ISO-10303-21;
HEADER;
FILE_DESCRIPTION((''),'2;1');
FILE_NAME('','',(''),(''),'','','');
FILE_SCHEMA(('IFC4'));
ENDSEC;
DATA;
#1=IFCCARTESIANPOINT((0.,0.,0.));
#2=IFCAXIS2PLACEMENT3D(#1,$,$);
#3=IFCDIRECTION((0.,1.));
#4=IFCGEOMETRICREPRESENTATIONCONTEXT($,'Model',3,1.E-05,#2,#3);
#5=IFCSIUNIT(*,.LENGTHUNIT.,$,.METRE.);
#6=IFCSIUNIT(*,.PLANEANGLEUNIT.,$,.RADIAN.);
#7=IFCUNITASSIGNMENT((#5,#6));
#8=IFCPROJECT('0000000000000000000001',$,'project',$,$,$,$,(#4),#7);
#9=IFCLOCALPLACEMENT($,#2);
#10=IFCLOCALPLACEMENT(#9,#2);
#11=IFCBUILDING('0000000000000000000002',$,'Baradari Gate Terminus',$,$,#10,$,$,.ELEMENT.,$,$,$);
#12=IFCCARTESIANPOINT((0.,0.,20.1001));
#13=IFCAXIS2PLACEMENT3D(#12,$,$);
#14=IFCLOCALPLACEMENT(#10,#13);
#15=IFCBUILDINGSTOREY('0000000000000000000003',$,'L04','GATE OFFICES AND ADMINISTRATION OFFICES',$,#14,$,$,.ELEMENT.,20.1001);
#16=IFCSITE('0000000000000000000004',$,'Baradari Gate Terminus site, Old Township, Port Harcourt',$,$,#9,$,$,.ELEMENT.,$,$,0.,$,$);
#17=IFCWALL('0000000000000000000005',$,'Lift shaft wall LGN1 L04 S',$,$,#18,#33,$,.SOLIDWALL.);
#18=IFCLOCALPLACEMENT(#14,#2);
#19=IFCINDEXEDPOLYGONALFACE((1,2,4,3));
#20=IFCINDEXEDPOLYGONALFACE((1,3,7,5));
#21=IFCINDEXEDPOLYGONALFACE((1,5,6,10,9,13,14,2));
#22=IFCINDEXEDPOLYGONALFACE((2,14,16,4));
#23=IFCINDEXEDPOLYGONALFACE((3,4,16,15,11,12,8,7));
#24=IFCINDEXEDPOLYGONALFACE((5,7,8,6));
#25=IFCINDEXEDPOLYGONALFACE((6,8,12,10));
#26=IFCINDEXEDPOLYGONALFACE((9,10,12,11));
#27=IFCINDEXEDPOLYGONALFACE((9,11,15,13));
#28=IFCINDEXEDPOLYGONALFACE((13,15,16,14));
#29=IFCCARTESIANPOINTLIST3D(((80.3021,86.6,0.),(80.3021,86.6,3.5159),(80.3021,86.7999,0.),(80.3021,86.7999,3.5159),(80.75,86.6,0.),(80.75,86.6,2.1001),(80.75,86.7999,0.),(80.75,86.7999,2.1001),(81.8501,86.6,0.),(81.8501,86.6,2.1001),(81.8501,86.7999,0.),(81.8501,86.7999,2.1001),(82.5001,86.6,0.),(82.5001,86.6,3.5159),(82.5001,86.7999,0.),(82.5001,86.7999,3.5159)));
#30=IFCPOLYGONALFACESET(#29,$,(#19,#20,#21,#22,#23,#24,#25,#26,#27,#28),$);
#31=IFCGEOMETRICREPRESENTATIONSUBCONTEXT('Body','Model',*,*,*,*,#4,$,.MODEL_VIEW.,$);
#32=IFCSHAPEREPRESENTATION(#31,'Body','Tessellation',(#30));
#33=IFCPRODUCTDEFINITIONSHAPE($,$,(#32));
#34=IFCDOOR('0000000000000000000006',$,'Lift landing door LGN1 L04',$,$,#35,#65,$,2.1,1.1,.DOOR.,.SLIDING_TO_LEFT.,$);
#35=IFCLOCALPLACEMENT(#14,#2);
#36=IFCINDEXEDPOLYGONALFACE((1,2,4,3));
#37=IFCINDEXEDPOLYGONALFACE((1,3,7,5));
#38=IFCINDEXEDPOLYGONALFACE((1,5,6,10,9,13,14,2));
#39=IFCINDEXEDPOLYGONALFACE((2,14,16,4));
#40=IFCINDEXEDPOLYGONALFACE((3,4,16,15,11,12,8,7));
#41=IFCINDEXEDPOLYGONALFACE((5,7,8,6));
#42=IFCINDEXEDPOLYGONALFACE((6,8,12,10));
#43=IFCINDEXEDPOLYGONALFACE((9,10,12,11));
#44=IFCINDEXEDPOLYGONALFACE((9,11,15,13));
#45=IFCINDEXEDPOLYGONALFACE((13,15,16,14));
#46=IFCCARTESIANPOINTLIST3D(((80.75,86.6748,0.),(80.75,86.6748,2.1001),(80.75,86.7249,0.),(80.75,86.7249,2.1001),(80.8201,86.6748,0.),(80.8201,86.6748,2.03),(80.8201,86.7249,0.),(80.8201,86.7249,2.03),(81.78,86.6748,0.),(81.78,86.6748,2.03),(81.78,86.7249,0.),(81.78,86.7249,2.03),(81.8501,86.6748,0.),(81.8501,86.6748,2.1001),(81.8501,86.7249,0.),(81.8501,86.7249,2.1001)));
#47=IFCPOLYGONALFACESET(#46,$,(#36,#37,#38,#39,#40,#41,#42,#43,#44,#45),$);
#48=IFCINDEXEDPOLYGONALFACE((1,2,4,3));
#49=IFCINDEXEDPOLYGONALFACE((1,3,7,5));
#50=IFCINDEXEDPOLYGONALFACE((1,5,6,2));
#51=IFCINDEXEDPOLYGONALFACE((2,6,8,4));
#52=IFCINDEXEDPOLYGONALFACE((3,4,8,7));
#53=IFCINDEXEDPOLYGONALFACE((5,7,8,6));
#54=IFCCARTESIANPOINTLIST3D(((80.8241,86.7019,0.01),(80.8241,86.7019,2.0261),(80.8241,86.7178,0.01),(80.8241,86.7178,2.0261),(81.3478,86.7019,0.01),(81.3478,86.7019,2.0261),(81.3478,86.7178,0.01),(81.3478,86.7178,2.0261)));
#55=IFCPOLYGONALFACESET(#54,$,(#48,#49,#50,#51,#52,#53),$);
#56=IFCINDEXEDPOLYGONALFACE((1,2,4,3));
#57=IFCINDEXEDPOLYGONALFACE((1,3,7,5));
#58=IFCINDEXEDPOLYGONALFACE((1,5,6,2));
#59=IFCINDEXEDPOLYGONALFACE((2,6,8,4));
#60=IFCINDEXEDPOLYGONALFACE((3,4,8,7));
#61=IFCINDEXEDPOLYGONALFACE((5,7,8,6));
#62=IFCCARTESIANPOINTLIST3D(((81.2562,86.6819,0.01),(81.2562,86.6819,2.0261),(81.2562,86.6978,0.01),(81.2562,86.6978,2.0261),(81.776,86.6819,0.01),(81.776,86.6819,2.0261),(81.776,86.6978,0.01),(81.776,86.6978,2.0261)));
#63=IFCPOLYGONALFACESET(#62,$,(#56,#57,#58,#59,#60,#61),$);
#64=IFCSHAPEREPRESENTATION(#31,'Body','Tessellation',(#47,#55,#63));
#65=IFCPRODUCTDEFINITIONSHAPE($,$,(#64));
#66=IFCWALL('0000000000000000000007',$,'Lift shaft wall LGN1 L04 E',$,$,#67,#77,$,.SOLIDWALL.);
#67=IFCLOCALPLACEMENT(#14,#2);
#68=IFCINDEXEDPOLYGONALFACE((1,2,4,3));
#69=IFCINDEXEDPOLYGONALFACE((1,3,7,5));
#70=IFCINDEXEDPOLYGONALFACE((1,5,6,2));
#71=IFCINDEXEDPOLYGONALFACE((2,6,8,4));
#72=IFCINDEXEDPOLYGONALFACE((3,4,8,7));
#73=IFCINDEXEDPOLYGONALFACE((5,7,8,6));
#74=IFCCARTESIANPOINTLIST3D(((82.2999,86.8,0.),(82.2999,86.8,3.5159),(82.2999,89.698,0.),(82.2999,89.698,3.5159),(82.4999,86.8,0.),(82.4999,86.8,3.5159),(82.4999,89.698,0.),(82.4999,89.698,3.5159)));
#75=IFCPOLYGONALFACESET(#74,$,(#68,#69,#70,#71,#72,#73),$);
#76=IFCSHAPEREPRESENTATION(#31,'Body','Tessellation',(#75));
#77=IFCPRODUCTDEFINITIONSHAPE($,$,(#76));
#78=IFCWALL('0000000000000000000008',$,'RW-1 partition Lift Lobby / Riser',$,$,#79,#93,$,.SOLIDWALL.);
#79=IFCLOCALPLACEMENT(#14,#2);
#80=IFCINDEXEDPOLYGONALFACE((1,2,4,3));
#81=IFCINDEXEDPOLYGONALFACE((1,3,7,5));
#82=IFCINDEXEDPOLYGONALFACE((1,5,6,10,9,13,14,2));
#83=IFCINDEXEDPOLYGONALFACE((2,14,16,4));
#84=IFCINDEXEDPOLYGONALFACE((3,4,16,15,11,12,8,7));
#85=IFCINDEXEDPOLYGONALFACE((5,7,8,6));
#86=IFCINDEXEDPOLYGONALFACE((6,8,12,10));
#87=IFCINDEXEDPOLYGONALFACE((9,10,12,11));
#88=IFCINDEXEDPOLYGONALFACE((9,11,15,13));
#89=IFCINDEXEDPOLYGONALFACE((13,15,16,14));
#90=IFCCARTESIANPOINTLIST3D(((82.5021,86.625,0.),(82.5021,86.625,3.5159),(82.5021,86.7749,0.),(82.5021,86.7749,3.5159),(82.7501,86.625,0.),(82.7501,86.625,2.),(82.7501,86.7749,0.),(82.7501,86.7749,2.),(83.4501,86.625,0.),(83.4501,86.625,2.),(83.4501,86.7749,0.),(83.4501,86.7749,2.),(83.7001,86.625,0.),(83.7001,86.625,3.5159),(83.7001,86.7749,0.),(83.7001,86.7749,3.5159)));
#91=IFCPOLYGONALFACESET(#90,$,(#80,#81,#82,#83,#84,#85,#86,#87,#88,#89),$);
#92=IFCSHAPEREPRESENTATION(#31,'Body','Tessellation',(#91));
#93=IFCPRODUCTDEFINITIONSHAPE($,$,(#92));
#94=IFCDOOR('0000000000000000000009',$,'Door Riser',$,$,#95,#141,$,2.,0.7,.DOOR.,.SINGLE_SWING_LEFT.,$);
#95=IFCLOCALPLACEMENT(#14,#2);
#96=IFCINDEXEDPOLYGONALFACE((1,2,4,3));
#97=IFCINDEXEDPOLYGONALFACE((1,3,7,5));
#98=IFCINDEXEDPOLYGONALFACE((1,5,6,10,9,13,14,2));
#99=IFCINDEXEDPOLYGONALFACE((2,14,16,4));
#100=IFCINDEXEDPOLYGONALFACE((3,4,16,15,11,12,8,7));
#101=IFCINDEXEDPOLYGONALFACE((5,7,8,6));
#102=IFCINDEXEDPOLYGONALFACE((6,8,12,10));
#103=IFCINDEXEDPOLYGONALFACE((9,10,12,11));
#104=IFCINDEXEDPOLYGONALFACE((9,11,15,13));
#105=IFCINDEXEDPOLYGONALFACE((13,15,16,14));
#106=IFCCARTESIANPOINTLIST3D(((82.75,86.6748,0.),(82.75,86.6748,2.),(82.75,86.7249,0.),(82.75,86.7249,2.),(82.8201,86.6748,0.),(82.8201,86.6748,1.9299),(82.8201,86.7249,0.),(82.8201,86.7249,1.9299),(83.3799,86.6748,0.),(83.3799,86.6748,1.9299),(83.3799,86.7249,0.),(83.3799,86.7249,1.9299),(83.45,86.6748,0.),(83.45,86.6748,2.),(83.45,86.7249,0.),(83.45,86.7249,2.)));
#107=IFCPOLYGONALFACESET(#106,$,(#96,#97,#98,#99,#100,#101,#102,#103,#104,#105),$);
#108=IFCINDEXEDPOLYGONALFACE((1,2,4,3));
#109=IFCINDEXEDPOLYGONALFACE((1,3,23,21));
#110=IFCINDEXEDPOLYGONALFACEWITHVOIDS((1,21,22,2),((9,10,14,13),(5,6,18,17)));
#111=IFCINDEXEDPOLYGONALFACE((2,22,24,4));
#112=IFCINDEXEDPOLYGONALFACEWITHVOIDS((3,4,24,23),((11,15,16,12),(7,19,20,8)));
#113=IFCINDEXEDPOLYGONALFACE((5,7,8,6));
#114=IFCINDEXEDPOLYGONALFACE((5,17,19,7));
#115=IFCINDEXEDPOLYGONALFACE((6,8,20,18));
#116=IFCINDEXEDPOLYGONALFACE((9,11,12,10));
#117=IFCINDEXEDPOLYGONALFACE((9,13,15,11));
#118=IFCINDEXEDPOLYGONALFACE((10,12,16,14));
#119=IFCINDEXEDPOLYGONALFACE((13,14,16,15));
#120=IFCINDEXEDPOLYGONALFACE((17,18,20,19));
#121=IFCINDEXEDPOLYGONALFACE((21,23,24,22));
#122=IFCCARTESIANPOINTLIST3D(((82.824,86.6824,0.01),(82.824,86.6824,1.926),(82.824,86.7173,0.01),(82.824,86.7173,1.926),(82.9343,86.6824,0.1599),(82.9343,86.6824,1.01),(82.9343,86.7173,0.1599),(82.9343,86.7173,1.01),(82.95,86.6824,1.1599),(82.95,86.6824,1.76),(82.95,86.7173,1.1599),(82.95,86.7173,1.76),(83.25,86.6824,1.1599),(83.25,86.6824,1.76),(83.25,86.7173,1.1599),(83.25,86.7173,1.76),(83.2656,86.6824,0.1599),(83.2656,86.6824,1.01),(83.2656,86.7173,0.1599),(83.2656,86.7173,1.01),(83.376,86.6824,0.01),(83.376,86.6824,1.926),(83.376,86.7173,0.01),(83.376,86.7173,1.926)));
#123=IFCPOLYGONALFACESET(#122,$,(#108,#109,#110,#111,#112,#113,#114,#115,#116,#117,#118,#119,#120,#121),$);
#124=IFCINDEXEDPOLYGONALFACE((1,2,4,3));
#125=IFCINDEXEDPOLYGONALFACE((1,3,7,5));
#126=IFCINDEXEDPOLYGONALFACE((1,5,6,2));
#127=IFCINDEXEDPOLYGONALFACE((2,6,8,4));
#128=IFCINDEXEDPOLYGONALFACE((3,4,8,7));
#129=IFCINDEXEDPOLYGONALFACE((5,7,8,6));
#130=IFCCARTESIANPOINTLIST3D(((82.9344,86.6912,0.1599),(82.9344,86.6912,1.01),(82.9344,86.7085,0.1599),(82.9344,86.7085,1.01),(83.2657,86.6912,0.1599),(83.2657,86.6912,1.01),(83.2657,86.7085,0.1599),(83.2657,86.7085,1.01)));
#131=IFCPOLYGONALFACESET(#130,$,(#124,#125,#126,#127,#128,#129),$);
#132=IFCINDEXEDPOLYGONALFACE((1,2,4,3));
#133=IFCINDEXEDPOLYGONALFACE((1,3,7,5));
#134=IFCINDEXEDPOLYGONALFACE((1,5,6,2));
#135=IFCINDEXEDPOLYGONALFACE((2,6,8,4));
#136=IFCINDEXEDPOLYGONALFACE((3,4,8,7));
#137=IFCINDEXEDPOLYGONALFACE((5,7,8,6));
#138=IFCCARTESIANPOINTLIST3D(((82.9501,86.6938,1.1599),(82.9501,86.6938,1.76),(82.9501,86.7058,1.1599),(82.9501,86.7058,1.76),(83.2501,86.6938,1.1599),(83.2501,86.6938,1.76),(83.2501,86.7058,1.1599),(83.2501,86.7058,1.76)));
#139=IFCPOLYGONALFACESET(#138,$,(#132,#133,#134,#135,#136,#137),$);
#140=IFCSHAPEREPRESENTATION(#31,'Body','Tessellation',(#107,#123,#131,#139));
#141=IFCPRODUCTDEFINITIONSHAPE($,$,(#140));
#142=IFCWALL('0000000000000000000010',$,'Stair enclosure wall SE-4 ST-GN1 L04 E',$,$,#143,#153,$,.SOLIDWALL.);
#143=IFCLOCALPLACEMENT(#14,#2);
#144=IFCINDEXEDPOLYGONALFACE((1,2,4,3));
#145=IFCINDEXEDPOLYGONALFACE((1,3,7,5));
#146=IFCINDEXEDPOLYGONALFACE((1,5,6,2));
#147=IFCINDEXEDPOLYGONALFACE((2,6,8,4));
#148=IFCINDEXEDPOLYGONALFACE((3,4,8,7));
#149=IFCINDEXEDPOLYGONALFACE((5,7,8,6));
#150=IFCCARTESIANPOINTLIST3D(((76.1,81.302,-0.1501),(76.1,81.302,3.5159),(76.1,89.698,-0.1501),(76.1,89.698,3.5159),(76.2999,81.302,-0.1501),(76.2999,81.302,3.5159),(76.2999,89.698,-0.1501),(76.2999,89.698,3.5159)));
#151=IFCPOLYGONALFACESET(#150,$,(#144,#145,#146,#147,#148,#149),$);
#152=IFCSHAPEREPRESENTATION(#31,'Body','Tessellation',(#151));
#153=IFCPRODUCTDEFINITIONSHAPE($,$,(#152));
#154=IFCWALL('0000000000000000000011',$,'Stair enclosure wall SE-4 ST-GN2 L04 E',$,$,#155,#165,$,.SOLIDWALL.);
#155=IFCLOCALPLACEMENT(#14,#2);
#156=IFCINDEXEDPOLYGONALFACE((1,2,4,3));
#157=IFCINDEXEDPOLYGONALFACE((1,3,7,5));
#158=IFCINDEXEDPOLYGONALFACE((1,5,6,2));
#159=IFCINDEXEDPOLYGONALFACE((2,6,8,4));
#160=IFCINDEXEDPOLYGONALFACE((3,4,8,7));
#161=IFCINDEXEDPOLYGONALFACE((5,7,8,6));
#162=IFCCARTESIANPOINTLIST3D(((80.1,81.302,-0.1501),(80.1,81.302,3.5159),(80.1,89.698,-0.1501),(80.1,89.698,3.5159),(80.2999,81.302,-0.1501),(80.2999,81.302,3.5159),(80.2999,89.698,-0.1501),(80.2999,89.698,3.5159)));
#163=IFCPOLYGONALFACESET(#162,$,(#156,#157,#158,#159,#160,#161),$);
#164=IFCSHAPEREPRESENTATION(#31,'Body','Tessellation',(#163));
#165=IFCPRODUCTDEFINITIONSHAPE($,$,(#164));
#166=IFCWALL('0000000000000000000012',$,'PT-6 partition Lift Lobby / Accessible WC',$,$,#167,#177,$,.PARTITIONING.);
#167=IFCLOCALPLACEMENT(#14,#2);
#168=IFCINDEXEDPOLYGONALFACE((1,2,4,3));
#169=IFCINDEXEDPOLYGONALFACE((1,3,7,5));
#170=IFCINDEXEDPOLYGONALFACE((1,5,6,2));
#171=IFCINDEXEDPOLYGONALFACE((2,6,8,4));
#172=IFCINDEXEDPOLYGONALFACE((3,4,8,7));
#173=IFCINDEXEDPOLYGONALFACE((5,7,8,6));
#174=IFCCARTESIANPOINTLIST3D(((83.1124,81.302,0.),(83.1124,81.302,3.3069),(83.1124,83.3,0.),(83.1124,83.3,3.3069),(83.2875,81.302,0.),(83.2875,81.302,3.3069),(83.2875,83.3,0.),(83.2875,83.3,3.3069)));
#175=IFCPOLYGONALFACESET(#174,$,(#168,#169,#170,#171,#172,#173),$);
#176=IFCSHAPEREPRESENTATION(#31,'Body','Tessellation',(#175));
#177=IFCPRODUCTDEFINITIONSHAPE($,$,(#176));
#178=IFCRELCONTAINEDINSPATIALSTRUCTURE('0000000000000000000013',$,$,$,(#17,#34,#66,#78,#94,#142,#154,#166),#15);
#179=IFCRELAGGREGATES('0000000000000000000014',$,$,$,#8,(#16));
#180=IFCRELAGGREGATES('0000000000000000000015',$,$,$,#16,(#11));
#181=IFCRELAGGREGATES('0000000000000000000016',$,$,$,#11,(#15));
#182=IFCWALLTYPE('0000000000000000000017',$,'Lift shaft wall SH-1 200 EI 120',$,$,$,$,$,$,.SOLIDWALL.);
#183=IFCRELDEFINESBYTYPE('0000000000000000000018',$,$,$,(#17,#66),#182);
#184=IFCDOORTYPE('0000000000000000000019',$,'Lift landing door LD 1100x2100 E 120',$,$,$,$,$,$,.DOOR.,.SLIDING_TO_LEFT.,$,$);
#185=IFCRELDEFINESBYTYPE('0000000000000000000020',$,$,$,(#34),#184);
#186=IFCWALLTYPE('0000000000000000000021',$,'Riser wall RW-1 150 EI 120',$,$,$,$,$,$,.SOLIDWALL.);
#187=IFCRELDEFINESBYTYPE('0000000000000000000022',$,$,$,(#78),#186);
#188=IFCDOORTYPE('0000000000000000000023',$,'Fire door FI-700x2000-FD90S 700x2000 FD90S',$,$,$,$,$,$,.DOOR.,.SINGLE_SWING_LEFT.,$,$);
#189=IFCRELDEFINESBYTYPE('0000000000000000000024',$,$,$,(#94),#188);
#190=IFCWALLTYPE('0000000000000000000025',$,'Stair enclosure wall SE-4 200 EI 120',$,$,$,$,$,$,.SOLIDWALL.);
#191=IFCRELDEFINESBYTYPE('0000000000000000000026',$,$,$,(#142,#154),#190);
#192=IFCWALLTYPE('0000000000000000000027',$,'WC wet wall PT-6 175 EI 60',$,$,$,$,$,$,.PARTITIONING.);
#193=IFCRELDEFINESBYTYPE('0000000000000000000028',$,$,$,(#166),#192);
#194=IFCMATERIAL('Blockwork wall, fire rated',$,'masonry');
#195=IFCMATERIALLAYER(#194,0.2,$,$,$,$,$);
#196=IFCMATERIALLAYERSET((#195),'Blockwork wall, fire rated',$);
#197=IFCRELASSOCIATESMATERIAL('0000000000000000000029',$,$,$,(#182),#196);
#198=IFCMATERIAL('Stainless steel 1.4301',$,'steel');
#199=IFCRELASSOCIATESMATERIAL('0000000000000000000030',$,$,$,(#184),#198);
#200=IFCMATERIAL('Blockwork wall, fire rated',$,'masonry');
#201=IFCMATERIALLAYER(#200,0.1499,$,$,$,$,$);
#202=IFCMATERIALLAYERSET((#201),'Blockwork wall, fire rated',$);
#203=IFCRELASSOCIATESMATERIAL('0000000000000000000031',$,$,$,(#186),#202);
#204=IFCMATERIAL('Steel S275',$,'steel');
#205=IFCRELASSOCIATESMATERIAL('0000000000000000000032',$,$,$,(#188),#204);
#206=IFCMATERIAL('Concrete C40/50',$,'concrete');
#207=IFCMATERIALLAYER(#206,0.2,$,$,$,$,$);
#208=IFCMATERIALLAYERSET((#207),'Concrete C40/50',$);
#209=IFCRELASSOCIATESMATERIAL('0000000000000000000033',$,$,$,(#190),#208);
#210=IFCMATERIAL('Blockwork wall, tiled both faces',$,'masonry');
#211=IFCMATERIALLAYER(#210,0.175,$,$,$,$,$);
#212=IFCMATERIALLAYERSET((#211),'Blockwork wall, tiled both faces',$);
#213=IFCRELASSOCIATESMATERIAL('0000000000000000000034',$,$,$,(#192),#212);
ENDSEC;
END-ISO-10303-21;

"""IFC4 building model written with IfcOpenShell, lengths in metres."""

from ifc_helpers import new_model, si_unit, direction, frame, frame_2d, origin, place, context, subcontext, project, spatial, polyline, rectangle, outline, extrude, material, layer, layer_set, type_object, element, fill, save


model = new_model("IFC4")

# Units and contexts
model_context = context("Model", 3, precision=1e-05, world=origin(), true_north=direction((0.0, 1.0)))
body_context = subcontext(model_context, "Body", "Model", "MODEL_VIEW")
ifc_project = project(units=[si_unit("LENGTHUNIT", "METRE"), si_unit("PLANEANGLEUNIT", "RADIAN")], contexts=[model_context])

# Site, building, storey
site_placement = place(None, origin())
site = spatial("IfcSite", under=ifc_project, at=site_placement, Name="Baradari Gate Terminus site, Old Township, Port Harcourt", CompositionType="ELEMENT", RefElevation=0.0)
building_placement = place(site_placement, origin())
building = spatial("IfcBuilding", under=site, at=building_placement, Name="Baradari Gate Terminus", CompositionType="ELEMENT")
storey_placement = place(building_placement, frame((0.0, 0.0, 20.1001)))
storey = spatial("IfcBuildingStorey", under=building, at=storey_placement, Name="L04", Description="GATE OFFICES AND ADMINISTRATION OFFICES", CompositionType="ELEMENT", Elevation=20.1001)

# Wall, opening, door
ifc_material_1 = material(Name="Blockwork wall, fire rated", Category="masonry")
ifc_layer_1 = layer(ifc_material_1, 0.2)
ifc_layer_set_1 = layer_set([ifc_layer_1], Name="Blockwork wall, fire rated")
wall_type_1 = type_object("IfcWallType", Name="Lift shaft wall SH-1 200 EI 120", PredefinedType="SOLIDWALL", material=ifc_layer_set_1)
wall_1_placement = place(storey_placement, frame((80.302, 86.7, 0.0), z_axis=(0.0, 0.0, 1.0), x_axis=(1.0, 0.0, 0.0)))
wall_1 = element("IfcWall", 1, at=wall_1_placement, inside=storey, type_object=wall_type_1, Name="Lift shaft wall LGN1 L04 S", PredefinedType="SOLIDWALL", context=body_context, shape_type="SweptSolid", body=[
    extrude(rectangle(XDim=2.198, YDim=0.2, at=frame_2d((1.0991, 0.0))), origin(), (0.0, 0.0, 1.0), 3.5159),
])
opening_1_placement = place(wall_1_placement, frame((0.448, 0.0, 0.0)))
opening_1 = element("IfcOpeningElement", 2, at=opening_1_placement, cuts=wall_1, PredefinedType="OPENING", context=body_context, shape_type="SweptSolid", body=[
    extrude(rectangle(XDim=1.1001, YDim=2.1001, at=frame_2d((0.55, 1.05))), frame((0.0, 0.1099, 0.0), z_axis=(0.0, -1.0, 0.0), x_axis=(1.0, 0.0, 0.0)), (0.0, 0.0, 1.0), 0.22),
])
ifc_material_2 = material(Name="Stainless steel 1.4301", Category="steel")
door_type_1 = type_object("IfcDoorType", Name="Lift landing door LD 1100x2100 E 120", OperationType="SLIDING_TO_LEFT", PredefinedType="DOOR", material=ifc_material_2)
door_1_placement = place(opening_1_placement, origin())
door_1 = element("IfcDoor", 3, at=door_1_placement, inside=storey, type_object=door_type_1, Name="Lift landing door LGN1 L04", OperationType="SLIDING_TO_LEFT", OverallHeight=2.1, OverallWidth=1.1, PredefinedType="DOOR", context=body_context, shape_type="SweptSolid", body=[
    extrude(outline(polyline([(0.0, 0.0), (0.0701, 0.0), (0.0701, 2.03), (1.03, 2.03), (1.03, 0.0), (1.1001, 0.0), (1.1001, 2.1001), (0.0, 2.1001), (0.0, 0.0)])), frame((0.0, 0.0249, 0.0), z_axis=(0.0, -1.0, 0.0), x_axis=(1.0, 0.0, 0.0)), (0.0, 0.0, 1.0), 0.05),
    extrude(rectangle(XDim=0.5237, YDim=2.0161, at=frame_2d((0.3359, 1.0181))), frame((0.0, 0.0178, 0.0), z_axis=(0.0, -1.0, 0.0), x_axis=(1.0, 0.0, 0.0)), (0.0, 0.0, 1.0), 0.0159),
    extrude(rectangle(XDim=0.5198, YDim=2.0161, at=frame_2d((0.7661, 1.0181))), frame((0.0, -0.0022, 0.0), z_axis=(0.0, -1.0, 0.0), x_axis=(1.0, 0.0, 0.0)), (0.0, 0.0, 1.0), 0.0159),
])
fill(opening_1, door_1)

# Wall
wall_2_placement = place(storey_placement, frame((82.3999, 86.8, 0.0), z_axis=(0.0, 0.0, 1.0), x_axis=(0.0, 1.0, 0.0)))
element("IfcWall", 4, at=wall_2_placement, inside=storey, type_object=wall_type_1, Name="Lift shaft wall LGN1 L04 E", PredefinedType="SOLIDWALL", context=body_context, shape_type="SweptSolid", body=[
    extrude(rectangle(XDim=2.8979, YDim=0.2, at=frame_2d((1.449, 0.0))), origin(), (0.0, 0.0, 1.0), 3.5159),
])

# Wall, opening, door
ifc_material_3 = material(Name="Blockwork wall, fire rated", Category="masonry")
ifc_layer_2 = layer(ifc_material_3, 0.1499)
ifc_layer_set_2 = layer_set([ifc_layer_2], Name="Blockwork wall, fire rated")
wall_type_2 = type_object("IfcWallType", Name="Riser wall RW-1 150 EI 120", PredefinedType="SOLIDWALL", material=ifc_layer_set_2)
wall_3_placement = place(storey_placement, frame((82.502, 86.7, 0.0), z_axis=(0.0, 0.0, 1.0), x_axis=(1.0, 0.0, 0.0)))
wall_3 = element("IfcWall", 5, at=wall_3_placement, inside=storey, type_object=wall_type_2, Name="RW-1 partition Lift Lobby / Riser", PredefinedType="SOLIDWALL", context=body_context, shape_type="SweptSolid", body=[
    extrude(rectangle(XDim=1.198, YDim=0.1499, at=frame_2d((0.5991, 0.0))), origin(), (0.0, 0.0, 1.0), 3.5159),
])
opening_2_placement = place(wall_3_placement, frame((0.248, 0.0, 0.0)))
opening_2 = element("IfcOpeningElement", 6, at=opening_2_placement, cuts=wall_3, PredefinedType="OPENING", context=body_context, shape_type="SweptSolid", body=[
    extrude(rectangle(XDim=0.7, YDim=2.0, at=frame_2d((0.3501, 1.0))), frame((0.0, 0.085, 0.0), z_axis=(0.0, -1.0, 0.0), x_axis=(1.0, 0.0, 0.0)), (0.0, 0.0, 1.0), 0.1699),
])
ifc_material_4 = material(Name="Steel S275", Category="steel")
door_type_2 = type_object("IfcDoorType", Name="Fire door FI-700x2000-FD90S 700x2000 FD90S", OperationType="SINGLE_SWING_LEFT", PredefinedType="DOOR", material=ifc_material_4)
door_2_placement = place(opening_2_placement, origin())
door_2 = element("IfcDoor", 7, at=door_2_placement, inside=storey, type_object=door_type_2, Name="Door Riser", OperationType="SINGLE_SWING_LEFT", OverallHeight=2.0, OverallWidth=0.7, PredefinedType="DOOR", context=body_context, shape_type="SweptSolid", body=[
    extrude(outline(polyline([(0.0, 0.0), (0.0701, 0.0), (0.0701, 1.9299), (0.6299, 1.9299), (0.6299, 0.0), (0.7, 0.0), (0.7, 2.0), (0.0, 2.0), (0.0, 0.0)])), frame((0.0, 0.0249, 0.0), z_axis=(0.0, -1.0, 0.0), x_axis=(1.0, 0.0, 0.0)), (0.0, 0.0, 1.0), 0.05),
    extrude(outline(polyline([(0.074, 0.01), (0.626, 0.01), (0.626, 1.926), (0.074, 1.926), (0.074, 0.01)]), holes=[polyline([(0.1843, 0.1599), (0.5156, 0.1599), (0.5156, 1.01), (0.1843, 1.01), (0.1843, 0.1599)]), polyline([(0.2, 1.1599), (0.5, 1.1599), (0.5, 1.76), (0.2, 1.76), (0.2, 1.1599)])]), frame((0.0, 0.0173, 0.0), z_axis=(0.0, -1.0, 0.0), x_axis=(1.0, 0.0, 0.0)), (0.0, 0.0, 1.0), 0.0349),
    extrude(rectangle(XDim=0.3313, YDim=0.8501, at=frame_2d((0.3501, 0.585))), frame((0.0, 0.0085, 0.0), z_axis=(0.0, -1.0, 0.0), x_axis=(1.0, 0.0, 0.0)), (0.0, 0.0, 1.0), 0.0173),
    extrude(rectangle(XDim=0.3, YDim=0.6001, at=frame_2d((0.3501, 1.46))), frame((0.0, 0.0059, 0.0), z_axis=(0.0, -1.0, 0.0), x_axis=(1.0, 0.0, 0.0)), (0.0, 0.0, 1.0), 0.012),
])
fill(opening_2, door_2)

# Walls
ifc_material_5 = material(Name="Concrete C40/50", Category="concrete")
ifc_layer_3 = layer(ifc_material_5, 0.2)
ifc_layer_set_3 = layer_set([ifc_layer_3], Name="Concrete C40/50")
wall_type_3 = type_object("IfcWallType", Name="Stair enclosure wall SE-4 200 EI 120", PredefinedType="SOLIDWALL", material=ifc_layer_set_3)
for number, where, z_axis, x_axis, name in (
    (8, (76.2, 81.302, -0.1501), (0.0, 0.0, 1.0), (0.0, 1.0, 0.0), "Stair enclosure wall SE-4 ST-GN1 L04 E"),
    (9, (80.2, 81.302, -0.1501), (0.0, 0.0, 1.0), (0.0, 1.0, 0.0), "Stair enclosure wall SE-4 ST-GN2 L04 E"),
):
    element("IfcWall", number, at=place(storey_placement, frame(where, z_axis=z_axis, x_axis=x_axis)), inside=storey, type_object=wall_type_3, Name=name, PredefinedType="SOLIDWALL", context=body_context, shape_type="SweptSolid", body=[
        extrude(rectangle(XDim=8.396, YDim=0.2, at=frame_2d((4.198, 0.0))), origin(), (0.0, 0.0, 1.0), 3.666),
    ])
ifc_material_6 = material(Name="Blockwork wall, tiled both faces", Category="masonry")
ifc_layer_4 = layer(ifc_material_6, 0.175)
ifc_layer_set_4 = layer_set([ifc_layer_4], Name="Blockwork wall, tiled both faces")
wall_type_4 = type_object("IfcWallType", Name="WC wet wall PT-6 175 EI 60", PredefinedType="PARTITIONING", material=ifc_layer_set_4)
wall_4_placement = place(storey_placement, frame((83.2, 83.3, 0.0), z_axis=(0.0, 0.0, 1.0), x_axis=(0.0, -1.0, 0.0)))
element("IfcWall", 10, at=wall_4_placement, inside=storey, type_object=wall_type_4, Name="PT-6 partition Lift Lobby / Accessible WC", PredefinedType="PARTITIONING", context=body_context, shape_type="SweptSolid", body=[
    extrude(rectangle(XDim=1.998, YDim=0.175, at=frame_2d((0.999, 0.0))), origin(), (0.0, 0.0, 1.0), 3.3069),
])

save(model, "model.ifc")
